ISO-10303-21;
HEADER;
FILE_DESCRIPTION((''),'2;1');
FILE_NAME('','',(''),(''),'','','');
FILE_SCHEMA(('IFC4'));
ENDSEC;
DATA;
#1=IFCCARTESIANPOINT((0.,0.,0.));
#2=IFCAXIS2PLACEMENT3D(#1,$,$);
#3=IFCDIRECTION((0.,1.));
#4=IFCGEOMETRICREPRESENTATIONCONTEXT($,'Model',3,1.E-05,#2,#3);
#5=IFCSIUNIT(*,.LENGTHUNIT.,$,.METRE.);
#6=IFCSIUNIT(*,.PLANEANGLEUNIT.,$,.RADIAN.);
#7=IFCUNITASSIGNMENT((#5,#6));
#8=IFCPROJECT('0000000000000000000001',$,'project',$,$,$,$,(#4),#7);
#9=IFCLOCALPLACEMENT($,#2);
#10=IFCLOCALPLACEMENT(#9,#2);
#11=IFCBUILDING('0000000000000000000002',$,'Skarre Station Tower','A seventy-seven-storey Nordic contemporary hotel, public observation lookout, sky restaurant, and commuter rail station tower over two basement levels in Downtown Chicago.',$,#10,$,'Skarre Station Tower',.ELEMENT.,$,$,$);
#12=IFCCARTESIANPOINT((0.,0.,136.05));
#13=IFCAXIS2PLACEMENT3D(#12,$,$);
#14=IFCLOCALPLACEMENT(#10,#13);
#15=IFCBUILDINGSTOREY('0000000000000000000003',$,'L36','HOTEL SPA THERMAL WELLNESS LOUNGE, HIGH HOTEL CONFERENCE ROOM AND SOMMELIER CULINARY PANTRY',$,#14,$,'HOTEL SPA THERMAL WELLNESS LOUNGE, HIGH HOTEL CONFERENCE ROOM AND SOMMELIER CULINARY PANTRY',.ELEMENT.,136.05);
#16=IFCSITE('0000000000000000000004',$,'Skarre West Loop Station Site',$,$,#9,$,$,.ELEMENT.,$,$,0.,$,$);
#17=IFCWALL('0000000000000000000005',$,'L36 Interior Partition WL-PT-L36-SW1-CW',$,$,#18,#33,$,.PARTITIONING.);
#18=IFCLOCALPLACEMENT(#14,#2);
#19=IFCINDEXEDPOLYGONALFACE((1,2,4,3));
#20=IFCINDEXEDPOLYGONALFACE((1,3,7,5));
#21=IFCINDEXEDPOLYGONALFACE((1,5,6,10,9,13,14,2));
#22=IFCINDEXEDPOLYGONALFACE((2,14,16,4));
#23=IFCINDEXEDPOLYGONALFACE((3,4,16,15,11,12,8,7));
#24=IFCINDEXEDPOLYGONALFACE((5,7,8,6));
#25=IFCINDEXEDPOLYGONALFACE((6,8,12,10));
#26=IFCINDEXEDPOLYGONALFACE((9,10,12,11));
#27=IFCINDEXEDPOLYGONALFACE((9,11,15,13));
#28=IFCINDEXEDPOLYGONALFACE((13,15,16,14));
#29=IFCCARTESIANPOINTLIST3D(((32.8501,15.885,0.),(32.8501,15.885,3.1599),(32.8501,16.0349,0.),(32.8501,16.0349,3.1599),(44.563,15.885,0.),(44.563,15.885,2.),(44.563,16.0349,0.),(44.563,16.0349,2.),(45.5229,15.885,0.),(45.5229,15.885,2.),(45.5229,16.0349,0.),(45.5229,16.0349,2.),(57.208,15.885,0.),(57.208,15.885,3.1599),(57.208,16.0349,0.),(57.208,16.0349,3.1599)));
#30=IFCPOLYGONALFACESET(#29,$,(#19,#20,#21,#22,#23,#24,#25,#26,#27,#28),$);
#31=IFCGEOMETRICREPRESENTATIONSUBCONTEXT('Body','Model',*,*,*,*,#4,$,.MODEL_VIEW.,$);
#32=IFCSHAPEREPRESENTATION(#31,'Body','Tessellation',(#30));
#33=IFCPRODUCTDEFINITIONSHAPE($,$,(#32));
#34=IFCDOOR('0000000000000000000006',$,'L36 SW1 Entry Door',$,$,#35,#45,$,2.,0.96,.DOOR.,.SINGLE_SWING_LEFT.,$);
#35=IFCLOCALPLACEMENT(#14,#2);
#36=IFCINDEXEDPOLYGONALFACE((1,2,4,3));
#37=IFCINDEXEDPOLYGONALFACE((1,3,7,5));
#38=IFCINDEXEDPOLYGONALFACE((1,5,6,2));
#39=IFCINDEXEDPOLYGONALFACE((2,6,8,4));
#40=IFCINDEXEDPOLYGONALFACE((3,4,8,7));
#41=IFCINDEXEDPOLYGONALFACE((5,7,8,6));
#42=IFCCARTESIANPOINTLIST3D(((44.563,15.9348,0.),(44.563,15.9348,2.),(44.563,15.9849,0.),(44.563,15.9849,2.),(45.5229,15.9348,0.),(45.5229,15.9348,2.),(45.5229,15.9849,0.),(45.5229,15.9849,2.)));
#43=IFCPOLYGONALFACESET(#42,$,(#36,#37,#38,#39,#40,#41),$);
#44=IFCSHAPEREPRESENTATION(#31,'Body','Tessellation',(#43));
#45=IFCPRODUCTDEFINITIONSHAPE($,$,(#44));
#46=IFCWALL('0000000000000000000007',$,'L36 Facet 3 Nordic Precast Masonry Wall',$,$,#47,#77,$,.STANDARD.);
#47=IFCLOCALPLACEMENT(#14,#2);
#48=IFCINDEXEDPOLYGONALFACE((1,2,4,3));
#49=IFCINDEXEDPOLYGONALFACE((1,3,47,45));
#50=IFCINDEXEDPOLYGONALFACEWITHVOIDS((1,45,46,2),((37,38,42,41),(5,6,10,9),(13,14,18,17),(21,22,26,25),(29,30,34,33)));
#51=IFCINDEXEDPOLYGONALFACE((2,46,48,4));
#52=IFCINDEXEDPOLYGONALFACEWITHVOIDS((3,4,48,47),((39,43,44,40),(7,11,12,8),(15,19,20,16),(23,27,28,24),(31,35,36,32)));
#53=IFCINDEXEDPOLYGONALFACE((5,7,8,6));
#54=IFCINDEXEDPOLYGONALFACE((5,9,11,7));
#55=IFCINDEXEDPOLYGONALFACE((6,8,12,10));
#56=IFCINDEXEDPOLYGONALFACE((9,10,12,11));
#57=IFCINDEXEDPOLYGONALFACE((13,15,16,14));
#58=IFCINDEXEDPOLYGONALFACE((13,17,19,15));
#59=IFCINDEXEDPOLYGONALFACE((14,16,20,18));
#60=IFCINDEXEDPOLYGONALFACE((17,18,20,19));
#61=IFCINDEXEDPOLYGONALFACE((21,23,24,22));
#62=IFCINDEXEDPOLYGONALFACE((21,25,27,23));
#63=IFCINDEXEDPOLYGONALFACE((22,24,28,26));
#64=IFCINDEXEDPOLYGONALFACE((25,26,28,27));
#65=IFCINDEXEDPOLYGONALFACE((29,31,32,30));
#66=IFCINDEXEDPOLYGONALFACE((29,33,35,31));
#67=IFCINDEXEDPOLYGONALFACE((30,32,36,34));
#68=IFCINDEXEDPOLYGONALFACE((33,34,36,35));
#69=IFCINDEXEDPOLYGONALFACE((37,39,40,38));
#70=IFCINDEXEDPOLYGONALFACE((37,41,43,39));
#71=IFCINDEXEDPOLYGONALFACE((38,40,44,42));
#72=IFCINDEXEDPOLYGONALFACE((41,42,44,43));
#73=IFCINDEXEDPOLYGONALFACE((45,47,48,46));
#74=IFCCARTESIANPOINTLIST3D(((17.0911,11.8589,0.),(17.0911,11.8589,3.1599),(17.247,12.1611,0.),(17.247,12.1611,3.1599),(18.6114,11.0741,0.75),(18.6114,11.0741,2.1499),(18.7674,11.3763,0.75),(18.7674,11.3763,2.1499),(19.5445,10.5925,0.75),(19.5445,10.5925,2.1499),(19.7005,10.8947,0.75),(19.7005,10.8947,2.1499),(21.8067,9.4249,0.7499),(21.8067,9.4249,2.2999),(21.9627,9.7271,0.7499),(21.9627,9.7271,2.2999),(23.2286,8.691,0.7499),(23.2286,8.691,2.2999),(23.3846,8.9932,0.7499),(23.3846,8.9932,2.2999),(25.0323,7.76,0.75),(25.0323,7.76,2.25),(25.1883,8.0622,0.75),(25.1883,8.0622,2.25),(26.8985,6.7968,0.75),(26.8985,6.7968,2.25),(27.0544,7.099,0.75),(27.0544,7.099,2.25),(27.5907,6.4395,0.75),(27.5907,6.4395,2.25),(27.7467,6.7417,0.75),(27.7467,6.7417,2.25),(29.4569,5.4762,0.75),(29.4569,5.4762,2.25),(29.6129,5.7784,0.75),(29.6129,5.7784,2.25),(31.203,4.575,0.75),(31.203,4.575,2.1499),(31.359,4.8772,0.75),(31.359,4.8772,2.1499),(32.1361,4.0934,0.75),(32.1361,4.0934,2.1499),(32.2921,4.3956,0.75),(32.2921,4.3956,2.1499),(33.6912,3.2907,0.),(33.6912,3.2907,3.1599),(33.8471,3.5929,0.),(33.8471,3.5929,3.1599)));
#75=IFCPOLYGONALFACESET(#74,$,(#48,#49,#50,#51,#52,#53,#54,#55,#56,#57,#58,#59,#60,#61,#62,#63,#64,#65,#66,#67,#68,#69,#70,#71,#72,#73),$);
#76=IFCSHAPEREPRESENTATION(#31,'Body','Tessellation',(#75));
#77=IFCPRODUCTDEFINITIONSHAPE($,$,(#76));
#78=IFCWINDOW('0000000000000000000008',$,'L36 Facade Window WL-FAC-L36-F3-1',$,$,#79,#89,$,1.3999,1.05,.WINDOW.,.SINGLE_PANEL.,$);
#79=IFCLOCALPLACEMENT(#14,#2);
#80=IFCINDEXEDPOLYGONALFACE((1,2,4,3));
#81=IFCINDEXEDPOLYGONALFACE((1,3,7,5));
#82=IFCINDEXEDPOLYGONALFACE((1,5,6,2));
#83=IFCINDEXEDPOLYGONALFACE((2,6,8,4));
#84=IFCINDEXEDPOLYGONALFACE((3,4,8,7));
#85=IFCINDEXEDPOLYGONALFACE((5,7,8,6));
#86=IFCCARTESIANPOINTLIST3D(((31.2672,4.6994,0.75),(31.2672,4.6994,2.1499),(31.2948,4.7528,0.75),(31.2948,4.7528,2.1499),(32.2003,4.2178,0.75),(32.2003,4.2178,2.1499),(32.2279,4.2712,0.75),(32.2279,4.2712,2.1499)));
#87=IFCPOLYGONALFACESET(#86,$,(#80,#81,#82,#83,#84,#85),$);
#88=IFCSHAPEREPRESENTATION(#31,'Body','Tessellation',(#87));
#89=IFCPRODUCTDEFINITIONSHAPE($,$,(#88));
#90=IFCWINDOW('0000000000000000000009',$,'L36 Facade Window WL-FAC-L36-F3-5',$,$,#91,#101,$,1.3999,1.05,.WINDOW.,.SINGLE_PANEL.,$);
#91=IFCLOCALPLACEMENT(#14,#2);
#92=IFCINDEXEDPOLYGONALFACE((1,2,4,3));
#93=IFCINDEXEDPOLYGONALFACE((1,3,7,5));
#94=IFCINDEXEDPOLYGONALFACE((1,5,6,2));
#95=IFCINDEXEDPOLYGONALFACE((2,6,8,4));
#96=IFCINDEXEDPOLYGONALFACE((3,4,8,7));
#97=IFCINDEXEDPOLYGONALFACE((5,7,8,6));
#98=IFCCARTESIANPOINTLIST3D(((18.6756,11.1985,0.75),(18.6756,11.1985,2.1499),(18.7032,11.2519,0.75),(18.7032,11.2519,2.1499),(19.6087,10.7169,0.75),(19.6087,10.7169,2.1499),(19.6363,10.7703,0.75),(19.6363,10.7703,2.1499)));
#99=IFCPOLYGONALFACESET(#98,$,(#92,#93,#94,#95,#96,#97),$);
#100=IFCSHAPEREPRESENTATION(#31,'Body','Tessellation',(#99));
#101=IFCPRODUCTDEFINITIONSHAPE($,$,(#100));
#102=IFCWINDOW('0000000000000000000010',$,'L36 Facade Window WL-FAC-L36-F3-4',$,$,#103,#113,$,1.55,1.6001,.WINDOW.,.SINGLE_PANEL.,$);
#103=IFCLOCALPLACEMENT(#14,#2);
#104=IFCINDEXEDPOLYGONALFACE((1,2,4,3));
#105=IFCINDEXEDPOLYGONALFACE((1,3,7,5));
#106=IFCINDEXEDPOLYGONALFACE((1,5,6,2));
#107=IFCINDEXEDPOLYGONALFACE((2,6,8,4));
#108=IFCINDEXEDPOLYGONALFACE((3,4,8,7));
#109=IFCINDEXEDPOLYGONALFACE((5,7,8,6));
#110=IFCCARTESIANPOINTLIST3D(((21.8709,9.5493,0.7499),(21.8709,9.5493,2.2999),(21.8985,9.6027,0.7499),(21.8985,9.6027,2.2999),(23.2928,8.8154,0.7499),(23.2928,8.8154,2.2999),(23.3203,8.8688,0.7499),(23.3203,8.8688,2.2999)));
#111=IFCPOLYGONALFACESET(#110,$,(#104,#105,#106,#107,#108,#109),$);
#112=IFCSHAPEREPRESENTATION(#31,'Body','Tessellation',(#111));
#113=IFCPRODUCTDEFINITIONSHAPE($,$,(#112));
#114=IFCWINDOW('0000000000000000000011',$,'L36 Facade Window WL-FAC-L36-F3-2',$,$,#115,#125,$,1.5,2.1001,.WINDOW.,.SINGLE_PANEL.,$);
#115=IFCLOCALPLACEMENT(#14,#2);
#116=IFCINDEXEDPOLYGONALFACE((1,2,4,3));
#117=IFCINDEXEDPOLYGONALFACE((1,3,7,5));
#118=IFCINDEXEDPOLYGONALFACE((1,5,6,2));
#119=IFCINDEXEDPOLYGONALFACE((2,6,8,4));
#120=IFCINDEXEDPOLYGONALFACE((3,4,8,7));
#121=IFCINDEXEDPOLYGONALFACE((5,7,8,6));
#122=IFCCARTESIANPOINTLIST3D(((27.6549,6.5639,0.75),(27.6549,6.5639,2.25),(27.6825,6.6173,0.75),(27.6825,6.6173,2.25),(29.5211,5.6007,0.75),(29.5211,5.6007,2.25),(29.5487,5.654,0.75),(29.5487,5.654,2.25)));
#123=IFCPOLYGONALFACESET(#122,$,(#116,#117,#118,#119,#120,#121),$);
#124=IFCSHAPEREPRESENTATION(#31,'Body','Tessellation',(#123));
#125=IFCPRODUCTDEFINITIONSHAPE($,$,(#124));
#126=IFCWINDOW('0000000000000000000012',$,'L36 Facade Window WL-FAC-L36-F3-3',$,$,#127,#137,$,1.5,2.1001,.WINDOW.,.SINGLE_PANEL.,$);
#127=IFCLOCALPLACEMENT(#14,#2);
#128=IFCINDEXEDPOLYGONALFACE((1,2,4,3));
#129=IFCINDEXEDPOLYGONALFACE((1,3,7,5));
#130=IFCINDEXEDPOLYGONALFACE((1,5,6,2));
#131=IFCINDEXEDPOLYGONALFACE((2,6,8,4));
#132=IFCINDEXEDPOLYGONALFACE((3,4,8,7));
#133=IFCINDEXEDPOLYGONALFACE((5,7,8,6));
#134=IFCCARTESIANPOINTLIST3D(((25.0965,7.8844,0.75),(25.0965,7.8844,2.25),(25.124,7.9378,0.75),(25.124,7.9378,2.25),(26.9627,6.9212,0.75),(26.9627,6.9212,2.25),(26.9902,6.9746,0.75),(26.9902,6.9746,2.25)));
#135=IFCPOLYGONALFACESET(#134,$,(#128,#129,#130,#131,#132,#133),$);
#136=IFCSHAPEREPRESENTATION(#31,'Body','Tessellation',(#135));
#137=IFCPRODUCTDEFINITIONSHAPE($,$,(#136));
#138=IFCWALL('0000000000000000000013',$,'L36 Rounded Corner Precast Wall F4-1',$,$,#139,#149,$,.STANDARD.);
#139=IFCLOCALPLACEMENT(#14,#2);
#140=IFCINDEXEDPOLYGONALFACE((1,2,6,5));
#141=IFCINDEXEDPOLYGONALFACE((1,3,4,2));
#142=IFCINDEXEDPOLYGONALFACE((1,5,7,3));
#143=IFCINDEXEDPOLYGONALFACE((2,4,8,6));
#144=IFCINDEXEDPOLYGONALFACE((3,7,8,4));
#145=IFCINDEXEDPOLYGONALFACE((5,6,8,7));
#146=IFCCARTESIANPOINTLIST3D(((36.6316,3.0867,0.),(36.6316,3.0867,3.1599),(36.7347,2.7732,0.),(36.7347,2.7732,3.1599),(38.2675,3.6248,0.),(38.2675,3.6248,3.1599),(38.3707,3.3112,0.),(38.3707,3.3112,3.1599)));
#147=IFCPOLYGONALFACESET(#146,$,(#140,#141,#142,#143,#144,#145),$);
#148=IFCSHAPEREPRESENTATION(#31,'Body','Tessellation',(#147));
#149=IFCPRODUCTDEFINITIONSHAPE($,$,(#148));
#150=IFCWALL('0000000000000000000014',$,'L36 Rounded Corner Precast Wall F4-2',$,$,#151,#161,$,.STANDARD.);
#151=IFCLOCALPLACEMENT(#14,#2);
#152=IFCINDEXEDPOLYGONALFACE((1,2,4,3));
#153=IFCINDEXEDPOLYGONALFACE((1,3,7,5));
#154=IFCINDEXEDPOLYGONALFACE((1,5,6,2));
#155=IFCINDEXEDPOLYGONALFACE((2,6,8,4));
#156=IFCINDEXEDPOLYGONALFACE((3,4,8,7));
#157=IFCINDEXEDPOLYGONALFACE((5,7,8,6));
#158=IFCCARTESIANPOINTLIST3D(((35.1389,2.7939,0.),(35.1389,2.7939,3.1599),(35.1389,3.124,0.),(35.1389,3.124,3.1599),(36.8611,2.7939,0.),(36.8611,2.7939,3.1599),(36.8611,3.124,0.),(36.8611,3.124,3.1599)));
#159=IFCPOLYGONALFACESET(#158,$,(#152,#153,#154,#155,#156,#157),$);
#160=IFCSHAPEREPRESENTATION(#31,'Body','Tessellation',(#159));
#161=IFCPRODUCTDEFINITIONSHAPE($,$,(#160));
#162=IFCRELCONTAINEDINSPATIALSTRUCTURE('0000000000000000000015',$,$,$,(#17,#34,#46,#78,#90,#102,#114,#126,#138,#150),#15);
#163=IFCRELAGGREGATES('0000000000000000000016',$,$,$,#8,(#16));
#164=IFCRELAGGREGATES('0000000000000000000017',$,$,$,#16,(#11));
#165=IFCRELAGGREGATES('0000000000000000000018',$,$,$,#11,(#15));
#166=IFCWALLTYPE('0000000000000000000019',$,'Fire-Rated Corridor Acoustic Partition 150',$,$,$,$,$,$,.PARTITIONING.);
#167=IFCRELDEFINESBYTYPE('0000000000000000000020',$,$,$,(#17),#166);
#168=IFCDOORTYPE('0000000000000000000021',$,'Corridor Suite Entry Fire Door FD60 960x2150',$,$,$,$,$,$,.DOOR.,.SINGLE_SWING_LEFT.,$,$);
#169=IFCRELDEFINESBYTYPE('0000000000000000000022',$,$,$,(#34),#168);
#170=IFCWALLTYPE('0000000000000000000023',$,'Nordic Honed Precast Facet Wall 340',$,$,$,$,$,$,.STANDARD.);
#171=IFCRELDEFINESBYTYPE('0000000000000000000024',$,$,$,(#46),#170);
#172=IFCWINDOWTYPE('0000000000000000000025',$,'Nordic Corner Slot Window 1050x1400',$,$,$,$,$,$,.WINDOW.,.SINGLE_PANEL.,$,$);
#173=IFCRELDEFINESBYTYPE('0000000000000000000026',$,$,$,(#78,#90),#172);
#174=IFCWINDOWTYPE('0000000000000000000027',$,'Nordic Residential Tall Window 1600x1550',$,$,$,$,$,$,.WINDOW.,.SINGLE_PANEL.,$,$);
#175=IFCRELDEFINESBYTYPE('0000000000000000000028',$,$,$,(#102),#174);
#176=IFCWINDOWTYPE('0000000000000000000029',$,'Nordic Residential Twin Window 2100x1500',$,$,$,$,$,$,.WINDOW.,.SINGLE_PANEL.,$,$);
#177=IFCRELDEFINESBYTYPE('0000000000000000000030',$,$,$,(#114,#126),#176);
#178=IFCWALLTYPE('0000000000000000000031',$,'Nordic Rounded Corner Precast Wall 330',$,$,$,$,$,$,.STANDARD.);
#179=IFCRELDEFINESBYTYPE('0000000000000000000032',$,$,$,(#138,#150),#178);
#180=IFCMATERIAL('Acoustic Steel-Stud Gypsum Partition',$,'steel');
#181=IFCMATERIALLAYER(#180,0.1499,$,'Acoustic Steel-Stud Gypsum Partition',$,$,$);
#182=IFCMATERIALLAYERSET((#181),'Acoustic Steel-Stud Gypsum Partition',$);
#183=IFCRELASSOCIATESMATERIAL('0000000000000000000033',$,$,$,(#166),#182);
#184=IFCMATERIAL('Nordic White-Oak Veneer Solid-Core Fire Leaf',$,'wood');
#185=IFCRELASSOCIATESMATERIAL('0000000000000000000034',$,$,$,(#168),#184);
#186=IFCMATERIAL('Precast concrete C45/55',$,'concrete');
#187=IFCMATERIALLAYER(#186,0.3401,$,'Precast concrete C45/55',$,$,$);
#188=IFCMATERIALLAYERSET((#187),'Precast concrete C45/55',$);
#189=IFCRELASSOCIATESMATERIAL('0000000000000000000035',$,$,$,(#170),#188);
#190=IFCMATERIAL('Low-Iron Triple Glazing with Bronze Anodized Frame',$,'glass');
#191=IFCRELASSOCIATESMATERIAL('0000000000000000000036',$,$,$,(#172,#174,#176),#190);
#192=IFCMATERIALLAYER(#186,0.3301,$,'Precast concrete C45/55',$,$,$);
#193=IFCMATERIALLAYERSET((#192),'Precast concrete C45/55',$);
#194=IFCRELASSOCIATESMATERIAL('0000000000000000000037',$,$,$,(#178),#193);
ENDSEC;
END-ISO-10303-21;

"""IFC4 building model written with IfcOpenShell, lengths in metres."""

from ifc_helpers import new_model, si_unit, direction, frame, frame_2d, origin, place, context, subcontext, project, spatial, rectangle, extrude, material, layer, layer_set, type_object, element, fill, save


model = new_model("IFC4")

# Units and contexts
model_context = context("Model", 3, precision=1e-05, world=origin(), true_north=direction((0.0, 1.0)))
body_context = subcontext(model_context, "Body", "Model", "MODEL_VIEW")
ifc_project = project(units=[si_unit("LENGTHUNIT", "METRE"), si_unit("PLANEANGLEUNIT", "RADIAN")], contexts=[model_context])

# Site, building, storey
site_placement = place(None, origin())
site = spatial("IfcSite", under=ifc_project, at=site_placement, Name="Skarre West Loop Station Site", CompositionType="ELEMENT", RefElevation=0.0)
building_placement = place(site_placement, origin())
building = spatial("IfcBuilding", under=site, at=building_placement, Name="Skarre Station Tower", Description="A seventy-seven-storey Nordic contemporary hotel, public observation lookout, sky restaurant, and commuter rail station tower over two basement levels in Downtown Chicago.", LongName="Skarre Station Tower", CompositionType="ELEMENT")
storey_placement = place(building_placement, frame((0.0, 0.0, 136.05)))
storey = spatial("IfcBuildingStorey", under=building, at=storey_placement, Name="L36", Description="HOTEL SPA THERMAL WELLNESS LOUNGE, HIGH HOTEL CONFERENCE ROOM AND SOMMELIER CULINARY PANTRY", LongName="HOTEL SPA THERMAL WELLNESS LOUNGE, HIGH HOTEL CONFERENCE ROOM AND SOMMELIER CULINARY PANTRY", CompositionType="ELEMENT", Elevation=136.05)

# Shared definitions
ifc_material_1 = material(Name="Acoustic Steel-Stud Gypsum Partition", Category="steel")
ifc_layer_1 = layer(ifc_material_1, 0.1499, Name="Acoustic Steel-Stud Gypsum Partition")
ifc_layer_set_1 = layer_set([ifc_layer_1], Name="Acoustic Steel-Stud Gypsum Partition")
wall_type_1 = type_object("IfcWallType", Name="Fire-Rated Corridor Acoustic Partition 150", PredefinedType="PARTITIONING", material=ifc_layer_set_1)

# Wall, opening, door
wall_1_placement = place(storey_placement, frame((32.8501, 15.96, 0.0), z_axis=(0.0, 0.0, 1.0), x_axis=(1.0, 0.0, 0.0)))
wall_1 = element("IfcWall", 1, at=wall_1_placement, inside=storey, type_object=wall_type_1, Name="L36 Interior Partition WL-PT-L36-SW1-CW", PredefinedType="PARTITIONING", context=body_context, shape_type="SweptSolid", body=[
    extrude(rectangle(XDim=24.3579, YDim=0.1499, at=frame_2d((12.179, 0.0))), origin(), (0.0, 0.0, 1.0), 3.1599),
])
opening_1_placement = place(wall_1_placement, frame((11.7129, 0.0, 0.0)))
opening_1 = element("IfcOpeningElement", 2, at=opening_1_placement, cuts=wall_1, PredefinedType="OPENING", context=body_context, shape_type="SweptSolid", body=[
    extrude(rectangle(XDim=0.96, YDim=2.0, at=frame_2d((0.48, 1.0))), frame((0.0, 0.085, 0.0), z_axis=(0.0, -1.0, 0.0), x_axis=(1.0, 0.0, 0.0)), (0.0, 0.0, 1.0), 0.1699),
])
ifc_material_2 = material(Name="Nordic White-Oak Veneer Solid-Core Fire Leaf", Category="wood")
door_type_1 = type_object("IfcDoorType", Name="Corridor Suite Entry Fire Door FD60 960x2150", OperationType="SINGLE_SWING_LEFT", PredefinedType="DOOR", material=ifc_material_2)
door_1_placement = place(opening_1_placement, origin())
door_1 = element("IfcDoor", 3, at=door_1_placement, inside=storey, type_object=door_type_1, Name="L36 SW1 Entry Door", OperationType="SINGLE_SWING_LEFT", OverallHeight=2.0, OverallWidth=0.96, PredefinedType="DOOR", context=body_context, shape_type="SweptSolid", body=[
    extrude(rectangle(XDim=0.96, YDim=2.0, at=frame_2d((0.48, 1.0))), frame((0.0, 0.0249, 0.0), z_axis=(0.0, -1.0, 0.0), x_axis=(1.0, 0.0, 0.0)), (0.0, 0.0, 1.0), 0.05),
])
fill(opening_1, door_1)

# Wall, openings, windows
ifc_material_3 = material(Name="Precast concrete C45/55", Category="concrete")
ifc_layer_2 = layer(ifc_material_3, 0.3401, Name="Precast concrete C45/55")
ifc_layer_set_2 = layer_set([ifc_layer_2], Name="Precast concrete C45/55")
wall_type_2 = type_object("IfcWallType", Name="Nordic Honed Precast Facet Wall 340", PredefinedType="STANDARD", material=ifc_layer_set_2)
wall_2_placement = place(storey_placement, frame((33.769, 3.4419, 0.0), z_axis=(0.0, 0.0, 1.0), x_axis=(-0.888614, 0.458657, 0.0)))
wall_2 = element("IfcWall", 4, at=wall_2_placement, inside=storey, type_object=wall_type_2, Name="L36 Facet 3 Nordic Precast Masonry Wall", PredefinedType="STANDARD", context=body_context, shape_type="SweptSolid", body=[
    extrude(rectangle(XDim=18.6809, YDim=0.3401, at=frame_2d((9.3403, 0.0))), origin(), (0.0, 0.0, 1.0), 3.1599),
])
opening_2_placement = place(wall_2_placement, frame((1.75, 0.0, 0.75)))
opening_2 = element("IfcOpeningElement", 5, at=opening_2_placement, cuts=wall_2, PredefinedType="OPENING", context=body_context, shape_type="SweptSolid", body=[
    extrude(rectangle(XDim=1.05, YDim=1.3999, at=frame_2d((0.5249, 0.7))), frame((0.0, 0.1799, 0.0), z_axis=(0.0, -1.0, 0.0), x_axis=(1.0, 0.0, 0.0)), (0.0, 0.0, 1.0), 0.3601),
])
opening_3_placement = place(wall_2_placement, frame((4.7649, 0.0, 0.75)))
opening_3 = element("IfcOpeningElement", 6, at=opening_3_placement, cuts=wall_2, PredefinedType="OPENING", context=body_context, shape_type="SweptSolid", body=[
    extrude(rectangle(XDim=2.1001, YDim=1.5, at=frame_2d((1.05, 0.75))), frame((0.0, 0.1799, 0.0), z_axis=(0.0, -1.0, 0.0), x_axis=(1.0, 0.0, 0.0)), (0.0, 0.0, 1.0), 0.3601),
])
opening_4_placement = place(wall_2_placement, frame((7.644, 0.0, 0.75)))
opening_4 = element("IfcOpeningElement", 7, at=opening_4_placement, cuts=wall_2, PredefinedType="OPENING", context=body_context, shape_type="SweptSolid", body=[
    extrude(rectangle(XDim=2.1001, YDim=1.5, at=frame_2d((1.05, 0.75))), frame((0.0, 0.1799, 0.0), z_axis=(0.0, -1.0, 0.0), x_axis=(1.0, 0.0, 0.0)), (0.0, 0.0, 1.0), 0.3601),
])
opening_5_placement = place(wall_2_placement, frame((11.7739, 0.0, 0.75)))
opening_5 = element("IfcOpeningElement", 8, at=opening_5_placement, cuts=wall_2, PredefinedType="OPENING", context=body_context, shape_type="SweptSolid", body=[
    extrude(rectangle(XDim=1.6001, YDim=1.55, at=frame_2d((0.8, 0.7749))), frame((0.0, 0.1799, 0.0), z_axis=(0.0, -1.0, 0.0), x_axis=(1.0, 0.0, 0.0)), (0.0, 0.0, 1.0), 0.3601),
])
opening_6_placement = place(wall_2_placement, frame((15.9199, 0.0, 0.75)))
opening_6 = element("IfcOpeningElement", 9, at=opening_6_placement, cuts=wall_2, PredefinedType="OPENING", context=body_context, shape_type="SweptSolid", body=[
    extrude(rectangle(XDim=1.05, YDim=1.3999, at=frame_2d((0.5249, 0.7))), frame((0.0, 0.1799, 0.0), z_axis=(0.0, -1.0, 0.0), x_axis=(1.0, 0.0, 0.0)), (0.0, 0.0, 1.0), 0.3601),
])
ifc_material_4 = material(Name="Low-Iron Triple Glazing with Bronze Anodized Frame", Category="glass")
window_type_1 = type_object("IfcWindowType", Name="Nordic Corner Slot Window 1050x1400", PartitioningType="SINGLE_PANEL", PredefinedType="WINDOW", material=ifc_material_4)
window_1_placement = place(opening_2_placement, origin())
window_1 = element("IfcWindow", 10, at=window_1_placement, inside=storey, type_object=window_type_1, Name="L36 Facade Window WL-FAC-L36-F3-1", OverallHeight=1.3999, OverallWidth=1.05, PartitioningType="SINGLE_PANEL", PredefinedType="WINDOW", context=body_context, shape_type="SweptSolid", body=[
    extrude(rectangle(XDim=1.05, YDim=1.3999, at=frame_2d((0.5249, 0.7))), frame((0.0, 0.03, 0.0), z_axis=(0.0, -1.0, 0.0), x_axis=(1.0, 0.0, 0.0)), (0.0, 0.0, 1.0), 0.0601),
])
fill(opening_2, window_1)
window_2_placement = place(opening_6_placement, origin())
window_2 = element("IfcWindow", 11, at=window_2_placement, inside=storey, type_object=window_type_1, Name="L36 Facade Window WL-FAC-L36-F3-5", OverallHeight=1.3999, OverallWidth=1.05, PartitioningType="SINGLE_PANEL", PredefinedType="WINDOW", context=body_context, shape_type="SweptSolid", body=[
    extrude(rectangle(XDim=1.05, YDim=1.3999, at=frame_2d((0.5249, 0.7))), frame((0.0, 0.03, 0.0), z_axis=(0.0, -1.0, 0.0), x_axis=(1.0, 0.0, 0.0)), (0.0, 0.0, 1.0), 0.0601),
])
fill(opening_6, window_2)
window_type_2 = type_object("IfcWindowType", Name="Nordic Residential Tall Window 1600x1550", PartitioningType="SINGLE_PANEL", PredefinedType="WINDOW", material=ifc_material_4)
window_3_placement = place(opening_5_placement, origin())
window_3 = element("IfcWindow", 12, at=window_3_placement, inside=storey, type_object=window_type_2, Name="L36 Facade Window WL-FAC-L36-F3-4", OverallHeight=1.55, OverallWidth=1.6001, PartitioningType="SINGLE_PANEL", PredefinedType="WINDOW", context=body_context, shape_type="SweptSolid", body=[
    extrude(rectangle(XDim=1.6001, YDim=1.55, at=frame_2d((0.8, 0.7749))), frame((0.0, 0.03, 0.0), z_axis=(0.0, -1.0, 0.0), x_axis=(1.0, 0.0, 0.0)), (0.0, 0.0, 1.0), 0.0601),
])
fill(opening_5, window_3)
window_type_3 = type_object("IfcWindowType", Name="Nordic Residential Twin Window 2100x1500", PartitioningType="SINGLE_PANEL", PredefinedType="WINDOW", material=ifc_material_4)
window_4_placement = place(opening_3_placement, origin())
window_4 = element("IfcWindow", 13, at=window_4_placement, inside=storey, type_object=window_type_3, Name="L36 Facade Window WL-FAC-L36-F3-2", OverallHeight=1.5, OverallWidth=2.1001, PartitioningType="SINGLE_PANEL", PredefinedType="WINDOW", context=body_context, shape_type="SweptSolid", body=[
    extrude(rectangle(XDim=2.1001, YDim=1.5, at=frame_2d((1.05, 0.75))), frame((0.0, 0.03, 0.0), z_axis=(0.0, -1.0, 0.0), x_axis=(1.0, 0.0, 0.0)), (0.0, 0.0, 1.0), 0.0601),
])
fill(opening_3, window_4)
window_5_placement = place(opening_4_placement, origin())
window_5 = element("IfcWindow", 14, at=window_5_placement, inside=storey, type_object=window_type_3, Name="L36 Facade Window WL-FAC-L36-F3-3", OverallHeight=1.5, OverallWidth=2.1001, PartitioningType="SINGLE_PANEL", PredefinedType="WINDOW", context=body_context, shape_type="SweptSolid", body=[
    extrude(rectangle(XDim=2.1001, YDim=1.5, at=frame_2d((1.05, 0.75))), frame((0.0, 0.03, 0.0), z_axis=(0.0, -1.0, 0.0), x_axis=(1.0, 0.0, 0.0)), (0.0, 0.0, 1.0), 0.0601),
])
fill(opening_4, window_5)

# Walls
ifc_layer_3 = layer(ifc_material_3, 0.3301, Name="Precast concrete C45/55")
ifc_layer_set_3 = layer_set([ifc_layer_3], Name="Precast concrete C45/55")
wall_type_3 = type_object("IfcWallType", Name="Nordic Rounded Corner Precast Wall 330", PredefinedType="STANDARD", material=ifc_layer_set_3)
for number, where, z_axis, x_axis, name in (
    (15, (38.3191, 3.468, 0.0), (0.0, 0.0, 1.0), (-0.949937, -0.31244, 0.0), "L36 Rounded Corner Precast Wall F4-1"),
    (16, (36.8611, 2.959, 0.0), (0.0, 0.0, 1.0), (-1.0, 0.0, 0.0), "L36 Rounded Corner Precast Wall F4-2"),
):
    element("IfcWall", number, at=place(storey_placement, frame(where, z_axis=z_axis, x_axis=x_axis)), inside=storey, type_object=wall_type_3, Name=name, PredefinedType="STANDARD", context=body_context, shape_type="SweptSolid", body=[
        extrude(rectangle(XDim=1.7222, YDim=0.3301, at=frame_2d((0.8611, 0.0))), origin(), (0.0, 0.0, 1.0), 3.1599),
    ])

save(model, "model.ifc")
